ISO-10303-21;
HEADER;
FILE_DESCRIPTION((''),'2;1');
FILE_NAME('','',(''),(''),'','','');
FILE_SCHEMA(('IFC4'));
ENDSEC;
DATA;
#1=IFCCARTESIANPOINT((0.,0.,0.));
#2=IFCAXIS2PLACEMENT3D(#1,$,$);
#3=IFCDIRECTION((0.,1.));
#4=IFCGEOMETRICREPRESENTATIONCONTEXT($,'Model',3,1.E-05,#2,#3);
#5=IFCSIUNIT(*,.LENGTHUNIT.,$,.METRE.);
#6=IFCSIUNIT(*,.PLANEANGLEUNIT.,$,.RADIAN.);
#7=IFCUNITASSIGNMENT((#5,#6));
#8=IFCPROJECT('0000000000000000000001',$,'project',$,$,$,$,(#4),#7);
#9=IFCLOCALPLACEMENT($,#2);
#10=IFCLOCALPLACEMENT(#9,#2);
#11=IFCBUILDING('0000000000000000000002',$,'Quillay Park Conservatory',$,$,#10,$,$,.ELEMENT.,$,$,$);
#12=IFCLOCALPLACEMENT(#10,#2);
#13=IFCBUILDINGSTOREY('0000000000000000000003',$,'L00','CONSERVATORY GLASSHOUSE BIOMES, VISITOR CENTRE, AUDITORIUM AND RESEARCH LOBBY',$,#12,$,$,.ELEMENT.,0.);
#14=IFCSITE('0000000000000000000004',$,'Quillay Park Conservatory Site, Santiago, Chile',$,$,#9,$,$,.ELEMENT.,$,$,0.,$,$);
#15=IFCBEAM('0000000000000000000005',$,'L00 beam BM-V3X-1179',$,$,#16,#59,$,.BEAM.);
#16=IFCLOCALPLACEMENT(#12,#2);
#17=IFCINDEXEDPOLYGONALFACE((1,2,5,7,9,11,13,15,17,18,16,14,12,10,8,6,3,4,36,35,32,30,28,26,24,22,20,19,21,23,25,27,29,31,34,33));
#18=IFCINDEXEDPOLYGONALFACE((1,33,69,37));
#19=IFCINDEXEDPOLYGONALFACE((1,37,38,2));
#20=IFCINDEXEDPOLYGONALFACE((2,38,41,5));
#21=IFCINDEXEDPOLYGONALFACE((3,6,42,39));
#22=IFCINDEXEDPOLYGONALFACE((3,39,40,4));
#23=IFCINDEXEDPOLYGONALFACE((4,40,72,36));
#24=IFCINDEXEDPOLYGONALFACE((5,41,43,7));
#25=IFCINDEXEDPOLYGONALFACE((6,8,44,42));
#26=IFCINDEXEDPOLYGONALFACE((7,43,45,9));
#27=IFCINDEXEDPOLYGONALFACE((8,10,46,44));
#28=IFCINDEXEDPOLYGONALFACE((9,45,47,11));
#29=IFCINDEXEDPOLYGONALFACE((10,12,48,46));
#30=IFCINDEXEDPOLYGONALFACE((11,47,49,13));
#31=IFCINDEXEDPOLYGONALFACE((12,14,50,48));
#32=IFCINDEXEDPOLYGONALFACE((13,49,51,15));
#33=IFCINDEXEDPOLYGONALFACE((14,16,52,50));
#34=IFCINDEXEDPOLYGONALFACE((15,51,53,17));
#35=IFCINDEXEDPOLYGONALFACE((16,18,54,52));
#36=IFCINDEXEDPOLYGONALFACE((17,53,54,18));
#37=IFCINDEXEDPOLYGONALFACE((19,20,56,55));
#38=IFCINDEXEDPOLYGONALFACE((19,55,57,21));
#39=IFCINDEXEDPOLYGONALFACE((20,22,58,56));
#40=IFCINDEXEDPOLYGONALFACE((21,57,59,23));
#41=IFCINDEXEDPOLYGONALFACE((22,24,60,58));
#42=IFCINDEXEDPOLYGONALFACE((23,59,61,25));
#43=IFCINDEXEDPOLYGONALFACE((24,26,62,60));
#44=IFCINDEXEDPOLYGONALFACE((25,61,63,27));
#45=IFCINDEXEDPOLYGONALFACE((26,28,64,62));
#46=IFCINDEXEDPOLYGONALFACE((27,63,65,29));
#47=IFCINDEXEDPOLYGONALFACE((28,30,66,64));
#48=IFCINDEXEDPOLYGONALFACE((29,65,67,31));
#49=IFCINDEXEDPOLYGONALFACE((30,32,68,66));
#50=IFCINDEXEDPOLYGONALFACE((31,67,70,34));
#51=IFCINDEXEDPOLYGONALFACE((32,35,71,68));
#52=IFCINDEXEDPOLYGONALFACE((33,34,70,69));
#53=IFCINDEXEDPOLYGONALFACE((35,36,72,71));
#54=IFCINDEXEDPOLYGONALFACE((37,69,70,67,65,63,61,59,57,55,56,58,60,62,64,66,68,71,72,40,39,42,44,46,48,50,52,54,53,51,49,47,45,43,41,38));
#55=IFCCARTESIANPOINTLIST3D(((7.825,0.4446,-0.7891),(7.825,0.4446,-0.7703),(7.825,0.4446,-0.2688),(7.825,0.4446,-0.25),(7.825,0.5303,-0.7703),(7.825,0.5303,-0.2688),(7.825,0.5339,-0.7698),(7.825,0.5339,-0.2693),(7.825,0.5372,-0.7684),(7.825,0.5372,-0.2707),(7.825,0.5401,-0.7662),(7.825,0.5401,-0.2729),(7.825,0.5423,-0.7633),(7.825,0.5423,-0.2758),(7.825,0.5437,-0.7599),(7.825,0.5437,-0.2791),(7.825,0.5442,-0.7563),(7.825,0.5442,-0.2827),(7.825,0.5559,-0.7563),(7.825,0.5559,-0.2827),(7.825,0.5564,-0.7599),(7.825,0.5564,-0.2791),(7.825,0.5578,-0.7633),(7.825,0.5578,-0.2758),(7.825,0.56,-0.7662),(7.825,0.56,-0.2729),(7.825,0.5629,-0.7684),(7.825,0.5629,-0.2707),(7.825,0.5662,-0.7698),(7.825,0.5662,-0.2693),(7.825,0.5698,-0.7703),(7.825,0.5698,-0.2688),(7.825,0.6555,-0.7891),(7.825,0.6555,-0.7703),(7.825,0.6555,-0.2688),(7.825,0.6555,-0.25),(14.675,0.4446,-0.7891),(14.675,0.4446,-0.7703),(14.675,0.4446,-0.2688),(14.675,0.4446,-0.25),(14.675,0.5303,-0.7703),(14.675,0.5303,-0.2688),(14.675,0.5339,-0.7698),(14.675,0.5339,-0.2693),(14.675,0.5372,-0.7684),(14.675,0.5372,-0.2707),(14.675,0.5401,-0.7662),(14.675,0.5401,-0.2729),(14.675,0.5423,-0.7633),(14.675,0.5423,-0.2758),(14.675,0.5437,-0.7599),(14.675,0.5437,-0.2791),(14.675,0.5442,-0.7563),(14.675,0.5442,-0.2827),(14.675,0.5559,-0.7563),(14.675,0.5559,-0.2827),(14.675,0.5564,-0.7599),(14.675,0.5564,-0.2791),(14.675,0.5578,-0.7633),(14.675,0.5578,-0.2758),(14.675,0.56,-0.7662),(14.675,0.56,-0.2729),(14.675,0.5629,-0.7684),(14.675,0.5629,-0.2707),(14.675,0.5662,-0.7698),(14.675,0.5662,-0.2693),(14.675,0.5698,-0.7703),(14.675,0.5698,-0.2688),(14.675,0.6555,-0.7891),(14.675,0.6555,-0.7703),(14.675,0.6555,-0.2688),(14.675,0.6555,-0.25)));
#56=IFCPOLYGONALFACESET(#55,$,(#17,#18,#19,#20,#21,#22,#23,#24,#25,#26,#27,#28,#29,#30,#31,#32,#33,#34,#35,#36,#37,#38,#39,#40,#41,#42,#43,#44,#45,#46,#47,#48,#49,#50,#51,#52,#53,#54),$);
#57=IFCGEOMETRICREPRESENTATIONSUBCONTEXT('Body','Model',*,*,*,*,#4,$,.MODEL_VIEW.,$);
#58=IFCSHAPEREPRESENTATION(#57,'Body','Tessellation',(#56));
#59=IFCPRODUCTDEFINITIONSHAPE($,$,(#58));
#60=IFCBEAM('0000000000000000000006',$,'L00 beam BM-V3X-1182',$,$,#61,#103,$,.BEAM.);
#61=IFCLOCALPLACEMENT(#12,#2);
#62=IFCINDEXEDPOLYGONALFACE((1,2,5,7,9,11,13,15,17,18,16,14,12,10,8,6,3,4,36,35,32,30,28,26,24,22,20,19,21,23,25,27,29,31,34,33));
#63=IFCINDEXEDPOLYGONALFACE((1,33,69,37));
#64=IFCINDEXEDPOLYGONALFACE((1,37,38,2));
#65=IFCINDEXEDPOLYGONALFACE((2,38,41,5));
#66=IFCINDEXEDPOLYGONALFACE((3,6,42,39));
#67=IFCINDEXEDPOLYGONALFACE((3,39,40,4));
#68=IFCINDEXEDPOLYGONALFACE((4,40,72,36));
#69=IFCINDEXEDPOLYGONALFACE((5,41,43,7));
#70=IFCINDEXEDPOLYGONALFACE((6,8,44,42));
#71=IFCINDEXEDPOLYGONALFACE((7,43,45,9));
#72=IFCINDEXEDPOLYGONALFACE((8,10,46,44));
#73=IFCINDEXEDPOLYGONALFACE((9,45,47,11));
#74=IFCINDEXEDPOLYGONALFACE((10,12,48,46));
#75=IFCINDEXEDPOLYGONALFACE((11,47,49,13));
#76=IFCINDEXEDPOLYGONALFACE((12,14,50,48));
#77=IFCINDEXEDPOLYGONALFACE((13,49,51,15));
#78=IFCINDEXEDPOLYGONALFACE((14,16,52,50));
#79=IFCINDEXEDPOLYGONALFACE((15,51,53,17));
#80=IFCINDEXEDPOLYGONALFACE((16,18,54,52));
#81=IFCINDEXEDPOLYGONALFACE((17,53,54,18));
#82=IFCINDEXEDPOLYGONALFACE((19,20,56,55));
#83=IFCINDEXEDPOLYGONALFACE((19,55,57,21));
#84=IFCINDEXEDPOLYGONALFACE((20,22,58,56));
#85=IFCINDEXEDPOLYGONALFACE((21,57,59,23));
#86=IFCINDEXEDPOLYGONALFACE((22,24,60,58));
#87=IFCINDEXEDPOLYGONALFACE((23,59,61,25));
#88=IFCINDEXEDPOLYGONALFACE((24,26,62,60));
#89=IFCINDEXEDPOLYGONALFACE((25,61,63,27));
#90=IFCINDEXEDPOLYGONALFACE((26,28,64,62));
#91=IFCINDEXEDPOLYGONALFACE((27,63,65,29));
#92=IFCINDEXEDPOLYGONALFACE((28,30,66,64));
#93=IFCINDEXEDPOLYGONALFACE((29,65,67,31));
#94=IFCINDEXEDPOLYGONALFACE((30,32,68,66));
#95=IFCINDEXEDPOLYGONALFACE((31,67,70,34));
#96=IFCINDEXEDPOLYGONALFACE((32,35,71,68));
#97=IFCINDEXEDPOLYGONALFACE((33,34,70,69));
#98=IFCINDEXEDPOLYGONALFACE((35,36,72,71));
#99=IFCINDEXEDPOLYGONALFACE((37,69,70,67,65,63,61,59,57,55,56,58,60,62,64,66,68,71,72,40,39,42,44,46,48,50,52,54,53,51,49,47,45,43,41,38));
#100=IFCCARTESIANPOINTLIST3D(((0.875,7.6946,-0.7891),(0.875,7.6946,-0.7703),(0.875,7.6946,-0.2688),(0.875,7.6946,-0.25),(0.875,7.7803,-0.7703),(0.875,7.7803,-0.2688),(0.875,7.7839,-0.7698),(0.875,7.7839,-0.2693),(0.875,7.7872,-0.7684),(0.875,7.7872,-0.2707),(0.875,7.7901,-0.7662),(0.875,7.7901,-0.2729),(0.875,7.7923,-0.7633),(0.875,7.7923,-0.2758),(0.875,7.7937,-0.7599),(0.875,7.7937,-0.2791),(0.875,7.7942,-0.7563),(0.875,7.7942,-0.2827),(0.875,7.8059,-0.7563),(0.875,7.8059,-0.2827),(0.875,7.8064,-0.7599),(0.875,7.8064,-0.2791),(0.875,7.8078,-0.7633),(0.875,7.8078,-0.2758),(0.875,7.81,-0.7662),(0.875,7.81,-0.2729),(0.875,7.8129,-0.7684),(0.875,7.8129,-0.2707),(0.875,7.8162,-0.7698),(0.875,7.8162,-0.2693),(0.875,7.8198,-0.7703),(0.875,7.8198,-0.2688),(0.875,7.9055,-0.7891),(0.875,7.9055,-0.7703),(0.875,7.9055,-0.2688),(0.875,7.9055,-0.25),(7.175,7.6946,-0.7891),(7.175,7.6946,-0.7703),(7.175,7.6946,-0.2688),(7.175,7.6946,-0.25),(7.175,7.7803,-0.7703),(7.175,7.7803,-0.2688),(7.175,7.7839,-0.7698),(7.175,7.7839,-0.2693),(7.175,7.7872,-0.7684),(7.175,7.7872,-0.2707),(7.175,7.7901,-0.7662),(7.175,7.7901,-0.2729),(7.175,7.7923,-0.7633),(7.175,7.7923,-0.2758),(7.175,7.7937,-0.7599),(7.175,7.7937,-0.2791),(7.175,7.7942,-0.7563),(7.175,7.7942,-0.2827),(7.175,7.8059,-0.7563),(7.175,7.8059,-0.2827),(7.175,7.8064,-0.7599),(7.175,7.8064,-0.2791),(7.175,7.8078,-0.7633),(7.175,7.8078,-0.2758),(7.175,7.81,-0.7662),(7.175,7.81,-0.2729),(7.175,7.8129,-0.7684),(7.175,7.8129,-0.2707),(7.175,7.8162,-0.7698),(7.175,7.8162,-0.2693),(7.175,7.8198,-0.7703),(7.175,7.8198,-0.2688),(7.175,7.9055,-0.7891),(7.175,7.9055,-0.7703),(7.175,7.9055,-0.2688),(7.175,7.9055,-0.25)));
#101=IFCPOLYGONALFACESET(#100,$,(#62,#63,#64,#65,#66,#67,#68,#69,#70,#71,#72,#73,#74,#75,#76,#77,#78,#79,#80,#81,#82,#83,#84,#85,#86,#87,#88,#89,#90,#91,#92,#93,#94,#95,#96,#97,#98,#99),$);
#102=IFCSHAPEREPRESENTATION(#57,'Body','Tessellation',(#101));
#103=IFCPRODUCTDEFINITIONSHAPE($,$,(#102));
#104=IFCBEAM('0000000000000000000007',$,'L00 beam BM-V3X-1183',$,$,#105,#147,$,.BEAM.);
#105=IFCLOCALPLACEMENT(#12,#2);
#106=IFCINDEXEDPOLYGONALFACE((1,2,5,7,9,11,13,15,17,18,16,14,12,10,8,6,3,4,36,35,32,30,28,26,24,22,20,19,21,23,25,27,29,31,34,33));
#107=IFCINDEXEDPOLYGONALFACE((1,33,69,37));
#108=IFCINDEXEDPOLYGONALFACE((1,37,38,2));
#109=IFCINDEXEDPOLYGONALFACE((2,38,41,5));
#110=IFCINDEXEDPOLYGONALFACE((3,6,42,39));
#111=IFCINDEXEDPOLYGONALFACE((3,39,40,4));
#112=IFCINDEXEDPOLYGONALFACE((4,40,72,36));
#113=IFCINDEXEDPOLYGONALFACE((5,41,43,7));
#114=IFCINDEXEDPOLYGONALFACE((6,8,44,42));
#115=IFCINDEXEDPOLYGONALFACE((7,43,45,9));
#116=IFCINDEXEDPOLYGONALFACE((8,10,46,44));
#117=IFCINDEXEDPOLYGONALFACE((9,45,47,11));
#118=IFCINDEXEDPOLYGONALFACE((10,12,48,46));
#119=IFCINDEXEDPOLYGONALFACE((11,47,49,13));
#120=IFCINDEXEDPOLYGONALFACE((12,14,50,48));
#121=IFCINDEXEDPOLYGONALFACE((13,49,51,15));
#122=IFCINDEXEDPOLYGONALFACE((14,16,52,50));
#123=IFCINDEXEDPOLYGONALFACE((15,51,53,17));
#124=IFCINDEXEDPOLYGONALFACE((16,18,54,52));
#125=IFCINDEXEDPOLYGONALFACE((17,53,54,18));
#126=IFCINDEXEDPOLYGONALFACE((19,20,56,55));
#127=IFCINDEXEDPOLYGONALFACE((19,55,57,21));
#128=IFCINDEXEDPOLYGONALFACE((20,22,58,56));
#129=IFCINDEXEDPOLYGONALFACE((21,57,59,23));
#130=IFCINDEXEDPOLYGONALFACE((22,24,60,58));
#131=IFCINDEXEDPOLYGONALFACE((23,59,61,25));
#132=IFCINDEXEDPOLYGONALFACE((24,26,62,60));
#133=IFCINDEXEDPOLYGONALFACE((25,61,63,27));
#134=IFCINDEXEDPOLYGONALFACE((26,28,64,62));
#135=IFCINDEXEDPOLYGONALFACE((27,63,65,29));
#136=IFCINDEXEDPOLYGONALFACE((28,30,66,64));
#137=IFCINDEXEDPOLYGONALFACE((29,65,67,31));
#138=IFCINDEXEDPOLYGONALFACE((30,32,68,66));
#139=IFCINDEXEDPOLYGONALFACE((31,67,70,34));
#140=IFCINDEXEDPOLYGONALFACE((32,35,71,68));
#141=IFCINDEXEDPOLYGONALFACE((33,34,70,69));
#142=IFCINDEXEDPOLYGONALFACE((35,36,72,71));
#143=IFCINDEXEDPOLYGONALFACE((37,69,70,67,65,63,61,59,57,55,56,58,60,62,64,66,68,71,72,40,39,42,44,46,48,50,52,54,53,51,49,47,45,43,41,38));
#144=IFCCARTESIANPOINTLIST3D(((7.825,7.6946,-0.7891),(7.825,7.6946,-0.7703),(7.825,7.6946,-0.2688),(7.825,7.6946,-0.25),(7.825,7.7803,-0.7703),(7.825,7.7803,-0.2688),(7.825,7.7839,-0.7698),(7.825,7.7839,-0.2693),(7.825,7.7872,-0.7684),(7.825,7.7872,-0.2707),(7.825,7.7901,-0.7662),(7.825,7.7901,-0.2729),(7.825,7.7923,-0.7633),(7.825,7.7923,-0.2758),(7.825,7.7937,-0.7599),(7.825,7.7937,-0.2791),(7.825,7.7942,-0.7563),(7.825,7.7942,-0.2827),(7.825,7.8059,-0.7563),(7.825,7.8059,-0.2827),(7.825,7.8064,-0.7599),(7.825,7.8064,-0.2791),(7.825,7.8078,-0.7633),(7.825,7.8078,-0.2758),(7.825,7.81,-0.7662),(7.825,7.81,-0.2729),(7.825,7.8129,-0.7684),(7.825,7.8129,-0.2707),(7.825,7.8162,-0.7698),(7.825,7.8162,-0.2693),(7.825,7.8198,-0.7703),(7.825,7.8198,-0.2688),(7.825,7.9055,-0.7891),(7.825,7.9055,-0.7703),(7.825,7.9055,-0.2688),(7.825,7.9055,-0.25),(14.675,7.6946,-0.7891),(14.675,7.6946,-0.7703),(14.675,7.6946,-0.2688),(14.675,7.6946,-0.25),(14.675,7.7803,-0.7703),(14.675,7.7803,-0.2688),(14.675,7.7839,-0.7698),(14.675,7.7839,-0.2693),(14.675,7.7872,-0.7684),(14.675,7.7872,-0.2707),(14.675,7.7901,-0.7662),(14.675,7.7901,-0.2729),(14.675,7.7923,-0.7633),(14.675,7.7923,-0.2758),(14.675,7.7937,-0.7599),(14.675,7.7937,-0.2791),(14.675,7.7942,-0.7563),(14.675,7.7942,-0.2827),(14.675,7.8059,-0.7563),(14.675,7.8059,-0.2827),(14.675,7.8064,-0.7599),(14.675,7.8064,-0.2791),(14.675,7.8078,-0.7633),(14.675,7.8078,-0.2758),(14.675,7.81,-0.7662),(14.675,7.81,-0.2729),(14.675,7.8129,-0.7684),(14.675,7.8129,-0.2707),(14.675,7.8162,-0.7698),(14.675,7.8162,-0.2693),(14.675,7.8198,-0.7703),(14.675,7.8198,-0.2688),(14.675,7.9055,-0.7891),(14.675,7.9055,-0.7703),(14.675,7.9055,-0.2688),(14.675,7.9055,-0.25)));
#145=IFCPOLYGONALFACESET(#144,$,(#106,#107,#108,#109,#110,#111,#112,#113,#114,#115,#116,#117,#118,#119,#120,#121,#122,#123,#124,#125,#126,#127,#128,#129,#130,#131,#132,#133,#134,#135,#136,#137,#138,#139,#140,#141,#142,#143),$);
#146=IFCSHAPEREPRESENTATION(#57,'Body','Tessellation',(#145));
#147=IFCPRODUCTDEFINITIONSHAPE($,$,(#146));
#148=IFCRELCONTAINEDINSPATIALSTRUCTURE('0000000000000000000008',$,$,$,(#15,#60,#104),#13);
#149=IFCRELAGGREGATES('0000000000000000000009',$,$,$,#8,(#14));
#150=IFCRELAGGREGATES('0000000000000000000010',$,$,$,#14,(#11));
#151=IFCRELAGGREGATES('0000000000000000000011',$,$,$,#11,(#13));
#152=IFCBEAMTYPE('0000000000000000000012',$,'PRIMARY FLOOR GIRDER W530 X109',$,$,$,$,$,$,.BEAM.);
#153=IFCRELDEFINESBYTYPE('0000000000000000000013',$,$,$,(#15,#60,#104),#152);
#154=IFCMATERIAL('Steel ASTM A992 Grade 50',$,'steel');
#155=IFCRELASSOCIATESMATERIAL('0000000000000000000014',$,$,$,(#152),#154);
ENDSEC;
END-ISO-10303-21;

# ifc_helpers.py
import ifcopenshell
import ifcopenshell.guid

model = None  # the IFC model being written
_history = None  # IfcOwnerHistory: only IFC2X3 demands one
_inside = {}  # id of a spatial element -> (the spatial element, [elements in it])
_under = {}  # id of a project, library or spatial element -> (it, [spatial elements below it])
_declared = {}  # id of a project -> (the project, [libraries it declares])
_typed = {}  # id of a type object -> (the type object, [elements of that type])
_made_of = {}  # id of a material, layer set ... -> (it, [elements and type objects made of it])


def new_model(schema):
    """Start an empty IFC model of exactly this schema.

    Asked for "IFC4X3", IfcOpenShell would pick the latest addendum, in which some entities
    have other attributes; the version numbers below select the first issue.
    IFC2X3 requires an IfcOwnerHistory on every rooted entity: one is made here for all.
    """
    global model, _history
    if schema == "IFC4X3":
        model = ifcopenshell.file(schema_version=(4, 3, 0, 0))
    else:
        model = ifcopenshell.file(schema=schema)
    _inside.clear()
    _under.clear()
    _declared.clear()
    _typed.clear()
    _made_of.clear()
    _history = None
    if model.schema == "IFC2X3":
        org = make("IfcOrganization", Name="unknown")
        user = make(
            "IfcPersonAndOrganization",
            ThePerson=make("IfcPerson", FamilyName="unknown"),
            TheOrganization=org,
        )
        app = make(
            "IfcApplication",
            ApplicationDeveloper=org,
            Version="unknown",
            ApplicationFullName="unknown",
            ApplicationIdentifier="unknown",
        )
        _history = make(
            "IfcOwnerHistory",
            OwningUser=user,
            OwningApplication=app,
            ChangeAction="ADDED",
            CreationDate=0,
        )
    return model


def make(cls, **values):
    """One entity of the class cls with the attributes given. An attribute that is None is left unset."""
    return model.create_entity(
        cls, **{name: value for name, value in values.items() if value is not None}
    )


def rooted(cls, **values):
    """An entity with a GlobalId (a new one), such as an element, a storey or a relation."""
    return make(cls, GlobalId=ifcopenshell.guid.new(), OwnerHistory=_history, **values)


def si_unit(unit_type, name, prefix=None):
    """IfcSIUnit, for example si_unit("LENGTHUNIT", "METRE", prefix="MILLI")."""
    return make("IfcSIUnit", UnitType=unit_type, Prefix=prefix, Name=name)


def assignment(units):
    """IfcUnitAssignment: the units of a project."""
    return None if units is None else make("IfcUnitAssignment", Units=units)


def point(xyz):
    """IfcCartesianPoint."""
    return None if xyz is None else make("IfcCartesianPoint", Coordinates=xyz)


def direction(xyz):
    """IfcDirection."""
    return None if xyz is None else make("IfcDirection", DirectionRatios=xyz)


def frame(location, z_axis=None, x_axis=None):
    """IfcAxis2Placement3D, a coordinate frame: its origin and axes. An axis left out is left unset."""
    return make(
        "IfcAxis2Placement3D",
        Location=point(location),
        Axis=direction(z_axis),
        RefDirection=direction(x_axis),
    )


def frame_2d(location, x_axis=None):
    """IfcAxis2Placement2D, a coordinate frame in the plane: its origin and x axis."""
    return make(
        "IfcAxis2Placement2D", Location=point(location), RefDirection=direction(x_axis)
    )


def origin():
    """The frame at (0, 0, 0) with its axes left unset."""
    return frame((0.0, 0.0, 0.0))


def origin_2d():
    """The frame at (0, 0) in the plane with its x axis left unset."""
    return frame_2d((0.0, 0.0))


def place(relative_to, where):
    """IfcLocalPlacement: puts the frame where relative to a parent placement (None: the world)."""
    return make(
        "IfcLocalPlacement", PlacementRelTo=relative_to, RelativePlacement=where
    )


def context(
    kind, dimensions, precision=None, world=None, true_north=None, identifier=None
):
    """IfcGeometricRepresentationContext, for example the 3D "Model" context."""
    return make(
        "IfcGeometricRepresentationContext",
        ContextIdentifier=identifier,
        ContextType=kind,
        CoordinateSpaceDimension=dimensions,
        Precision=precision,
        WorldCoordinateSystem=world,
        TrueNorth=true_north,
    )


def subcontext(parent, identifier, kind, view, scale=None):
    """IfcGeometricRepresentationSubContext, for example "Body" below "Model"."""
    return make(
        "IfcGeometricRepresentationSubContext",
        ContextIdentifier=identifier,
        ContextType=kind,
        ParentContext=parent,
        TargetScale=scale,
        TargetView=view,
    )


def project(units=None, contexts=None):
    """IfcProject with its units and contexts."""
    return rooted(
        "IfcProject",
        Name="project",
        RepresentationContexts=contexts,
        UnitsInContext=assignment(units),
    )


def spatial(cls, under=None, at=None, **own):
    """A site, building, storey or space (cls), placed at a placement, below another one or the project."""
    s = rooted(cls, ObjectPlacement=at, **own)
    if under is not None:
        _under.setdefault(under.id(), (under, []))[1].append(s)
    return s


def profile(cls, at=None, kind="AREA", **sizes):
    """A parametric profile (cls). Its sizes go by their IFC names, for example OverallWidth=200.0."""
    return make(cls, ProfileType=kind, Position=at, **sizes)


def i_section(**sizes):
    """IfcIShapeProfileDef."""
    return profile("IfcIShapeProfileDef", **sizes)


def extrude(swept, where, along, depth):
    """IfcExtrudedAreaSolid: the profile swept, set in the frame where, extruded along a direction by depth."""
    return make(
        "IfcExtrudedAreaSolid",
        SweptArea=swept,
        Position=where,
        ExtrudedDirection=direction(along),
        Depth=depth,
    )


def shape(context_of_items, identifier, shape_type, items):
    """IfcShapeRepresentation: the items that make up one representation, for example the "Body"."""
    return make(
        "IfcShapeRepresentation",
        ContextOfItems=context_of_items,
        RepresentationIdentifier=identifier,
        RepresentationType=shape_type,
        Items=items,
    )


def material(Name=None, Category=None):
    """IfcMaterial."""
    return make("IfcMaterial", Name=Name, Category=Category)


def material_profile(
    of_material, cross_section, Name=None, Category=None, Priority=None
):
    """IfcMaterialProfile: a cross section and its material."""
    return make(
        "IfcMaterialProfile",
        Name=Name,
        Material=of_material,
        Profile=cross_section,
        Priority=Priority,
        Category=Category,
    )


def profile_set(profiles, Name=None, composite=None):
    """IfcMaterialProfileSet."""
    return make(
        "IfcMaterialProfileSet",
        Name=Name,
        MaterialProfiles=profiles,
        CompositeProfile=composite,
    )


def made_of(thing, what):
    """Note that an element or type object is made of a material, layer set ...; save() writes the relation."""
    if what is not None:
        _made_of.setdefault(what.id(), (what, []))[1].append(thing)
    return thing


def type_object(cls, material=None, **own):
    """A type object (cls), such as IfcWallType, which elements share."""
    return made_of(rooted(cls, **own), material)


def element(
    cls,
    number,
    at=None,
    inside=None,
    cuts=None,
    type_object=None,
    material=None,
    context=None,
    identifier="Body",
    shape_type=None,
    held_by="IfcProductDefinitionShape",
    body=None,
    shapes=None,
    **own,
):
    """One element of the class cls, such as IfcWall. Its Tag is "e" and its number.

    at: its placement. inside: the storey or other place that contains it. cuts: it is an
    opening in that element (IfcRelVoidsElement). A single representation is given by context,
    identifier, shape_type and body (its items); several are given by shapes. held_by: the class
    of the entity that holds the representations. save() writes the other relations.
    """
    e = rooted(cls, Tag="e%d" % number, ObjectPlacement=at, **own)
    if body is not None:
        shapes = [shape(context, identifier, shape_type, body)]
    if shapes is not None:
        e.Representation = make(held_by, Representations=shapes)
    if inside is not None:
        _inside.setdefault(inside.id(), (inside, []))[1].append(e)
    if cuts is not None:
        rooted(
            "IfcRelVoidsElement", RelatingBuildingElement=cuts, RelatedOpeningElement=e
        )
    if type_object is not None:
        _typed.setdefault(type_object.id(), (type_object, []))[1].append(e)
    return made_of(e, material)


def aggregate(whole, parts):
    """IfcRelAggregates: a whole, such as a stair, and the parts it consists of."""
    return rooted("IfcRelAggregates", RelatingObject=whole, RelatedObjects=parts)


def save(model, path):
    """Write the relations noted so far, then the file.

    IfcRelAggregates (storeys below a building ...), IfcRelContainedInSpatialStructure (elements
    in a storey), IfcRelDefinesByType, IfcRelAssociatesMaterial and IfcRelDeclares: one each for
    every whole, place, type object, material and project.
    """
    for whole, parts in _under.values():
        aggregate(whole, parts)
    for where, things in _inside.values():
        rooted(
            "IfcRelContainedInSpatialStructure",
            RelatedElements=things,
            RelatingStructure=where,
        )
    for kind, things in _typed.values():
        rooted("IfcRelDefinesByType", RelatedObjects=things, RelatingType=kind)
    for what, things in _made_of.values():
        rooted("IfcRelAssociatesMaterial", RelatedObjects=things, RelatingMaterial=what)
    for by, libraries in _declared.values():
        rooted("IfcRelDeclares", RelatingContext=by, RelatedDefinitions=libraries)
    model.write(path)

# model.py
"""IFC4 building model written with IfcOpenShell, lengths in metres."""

from ifc_helpers import new_model, si_unit, direction, frame, origin, origin_2d, place, context, subcontext, project, spatial, i_section, extrude, material, material_profile, profile_set, type_object, element, save


model = new_model("IFC4")

# Units and contexts
model_context = context("Model", 3, precision=1e-05, world=origin(), true_north=direction((0.0, 1.0)))
body_context = subcontext(model_context, "Body", "Model", "MODEL_VIEW")
ifc_project = project(units=[si_unit("LENGTHUNIT", "METRE"), si_unit("PLANEANGLEUNIT", "RADIAN")], contexts=[model_context])

# Site, building, storey
site_placement = place(None, origin())
site = spatial("IfcSite", under=ifc_project, at=site_placement, Name="Quillay Park Conservatory Site, Santiago, Chile", CompositionType="ELEMENT", RefElevation=0.0)
building_placement = place(site_placement, origin())
building = spatial("IfcBuilding", under=site, at=building_placement, Name="Quillay Park Conservatory", CompositionType="ELEMENT")
storey_placement = place(building_placement, origin())
storey = spatial("IfcBuildingStorey", under=building, at=storey_placement, Name="L00", Description="CONSERVATORY GLASSHOUSE BIOMES, VISITOR CENTRE, AUDITORIUM AND RESEARCH LOBBY", CompositionType="ELEMENT", Elevation=0.0)

# Beams
ifc_material_1 = material(Name="Steel ASTM A992 Grade 50", Category="steel")
ifc_material_profile_1 = material_profile(ifc_material_1, i_section(OverallWidth=0.2109, OverallDepth=0.5391, WebThickness=0.0117, FlangeThickness=0.0188, FilletRadius=0.0139, at=origin_2d()), Name="W530x109")
ifc_profile_set_1 = profile_set([ifc_material_profile_1], Name="Steel ASTM A992 Grade 50")
beam_type_1 = type_object("IfcBeamType", Name="PRIMARY FLOOR GIRDER W530 X109", PredefinedType="BEAM", material=ifc_profile_set_1)
beam_1_placement = place(storey_placement, frame((7.825, 0.55, -0.5195), z_axis=(1.0, 0.0, 0.0), x_axis=(0.0, 1.0, 0.0)))
element("IfcBeam", 1, at=beam_1_placement, inside=storey, type_object=beam_type_1, Name="L00 beam BM-V3X-1179", PredefinedType="BEAM", context=body_context, shape_type="SweptSolid", body=[
    extrude(i_section(OverallWidth=0.2109, OverallDepth=0.5391, WebThickness=0.0117, FlangeThickness=0.0188, FilletRadius=0.0139, at=origin_2d()), origin(), (0.0, 0.0, 1.0), 6.8501),
])
beam_2_placement = place(storey_placement, frame((0.875, 7.8, -0.5195), z_axis=(1.0, 0.0, 0.0), x_axis=(0.0, 1.0, 0.0)))
element("IfcBeam", 2, at=beam_2_placement, inside=storey, type_object=beam_type_1, Name="L00 beam BM-V3X-1182", PredefinedType="BEAM", context=body_context, shape_type="SweptSolid", body=[
    extrude(i_section(OverallWidth=0.2109, OverallDepth=0.5391, WebThickness=0.0117, FlangeThickness=0.0188, FilletRadius=0.0139, at=origin_2d()), origin(), (0.0, 0.0, 1.0), 6.3),
])
beam_3_placement = place(storey_placement, frame((7.825, 7.8, -0.5195), z_axis=(1.0, 0.0, 0.0), x_axis=(0.0, 1.0, 0.0)))
element("IfcBeam", 3, at=beam_3_placement, inside=storey, type_object=beam_type_1, Name="L00 beam BM-V3X-1183", PredefinedType="BEAM", context=body_context, shape_type="SweptSolid", body=[
    extrude(i_section(OverallWidth=0.2109, OverallDepth=0.5391, WebThickness=0.0117, FlangeThickness=0.0188, FilletRadius=0.0139, at=origin_2d()), origin(), (0.0, 0.0, 1.0), 6.8501),
])

save(model, "model.ifc")
